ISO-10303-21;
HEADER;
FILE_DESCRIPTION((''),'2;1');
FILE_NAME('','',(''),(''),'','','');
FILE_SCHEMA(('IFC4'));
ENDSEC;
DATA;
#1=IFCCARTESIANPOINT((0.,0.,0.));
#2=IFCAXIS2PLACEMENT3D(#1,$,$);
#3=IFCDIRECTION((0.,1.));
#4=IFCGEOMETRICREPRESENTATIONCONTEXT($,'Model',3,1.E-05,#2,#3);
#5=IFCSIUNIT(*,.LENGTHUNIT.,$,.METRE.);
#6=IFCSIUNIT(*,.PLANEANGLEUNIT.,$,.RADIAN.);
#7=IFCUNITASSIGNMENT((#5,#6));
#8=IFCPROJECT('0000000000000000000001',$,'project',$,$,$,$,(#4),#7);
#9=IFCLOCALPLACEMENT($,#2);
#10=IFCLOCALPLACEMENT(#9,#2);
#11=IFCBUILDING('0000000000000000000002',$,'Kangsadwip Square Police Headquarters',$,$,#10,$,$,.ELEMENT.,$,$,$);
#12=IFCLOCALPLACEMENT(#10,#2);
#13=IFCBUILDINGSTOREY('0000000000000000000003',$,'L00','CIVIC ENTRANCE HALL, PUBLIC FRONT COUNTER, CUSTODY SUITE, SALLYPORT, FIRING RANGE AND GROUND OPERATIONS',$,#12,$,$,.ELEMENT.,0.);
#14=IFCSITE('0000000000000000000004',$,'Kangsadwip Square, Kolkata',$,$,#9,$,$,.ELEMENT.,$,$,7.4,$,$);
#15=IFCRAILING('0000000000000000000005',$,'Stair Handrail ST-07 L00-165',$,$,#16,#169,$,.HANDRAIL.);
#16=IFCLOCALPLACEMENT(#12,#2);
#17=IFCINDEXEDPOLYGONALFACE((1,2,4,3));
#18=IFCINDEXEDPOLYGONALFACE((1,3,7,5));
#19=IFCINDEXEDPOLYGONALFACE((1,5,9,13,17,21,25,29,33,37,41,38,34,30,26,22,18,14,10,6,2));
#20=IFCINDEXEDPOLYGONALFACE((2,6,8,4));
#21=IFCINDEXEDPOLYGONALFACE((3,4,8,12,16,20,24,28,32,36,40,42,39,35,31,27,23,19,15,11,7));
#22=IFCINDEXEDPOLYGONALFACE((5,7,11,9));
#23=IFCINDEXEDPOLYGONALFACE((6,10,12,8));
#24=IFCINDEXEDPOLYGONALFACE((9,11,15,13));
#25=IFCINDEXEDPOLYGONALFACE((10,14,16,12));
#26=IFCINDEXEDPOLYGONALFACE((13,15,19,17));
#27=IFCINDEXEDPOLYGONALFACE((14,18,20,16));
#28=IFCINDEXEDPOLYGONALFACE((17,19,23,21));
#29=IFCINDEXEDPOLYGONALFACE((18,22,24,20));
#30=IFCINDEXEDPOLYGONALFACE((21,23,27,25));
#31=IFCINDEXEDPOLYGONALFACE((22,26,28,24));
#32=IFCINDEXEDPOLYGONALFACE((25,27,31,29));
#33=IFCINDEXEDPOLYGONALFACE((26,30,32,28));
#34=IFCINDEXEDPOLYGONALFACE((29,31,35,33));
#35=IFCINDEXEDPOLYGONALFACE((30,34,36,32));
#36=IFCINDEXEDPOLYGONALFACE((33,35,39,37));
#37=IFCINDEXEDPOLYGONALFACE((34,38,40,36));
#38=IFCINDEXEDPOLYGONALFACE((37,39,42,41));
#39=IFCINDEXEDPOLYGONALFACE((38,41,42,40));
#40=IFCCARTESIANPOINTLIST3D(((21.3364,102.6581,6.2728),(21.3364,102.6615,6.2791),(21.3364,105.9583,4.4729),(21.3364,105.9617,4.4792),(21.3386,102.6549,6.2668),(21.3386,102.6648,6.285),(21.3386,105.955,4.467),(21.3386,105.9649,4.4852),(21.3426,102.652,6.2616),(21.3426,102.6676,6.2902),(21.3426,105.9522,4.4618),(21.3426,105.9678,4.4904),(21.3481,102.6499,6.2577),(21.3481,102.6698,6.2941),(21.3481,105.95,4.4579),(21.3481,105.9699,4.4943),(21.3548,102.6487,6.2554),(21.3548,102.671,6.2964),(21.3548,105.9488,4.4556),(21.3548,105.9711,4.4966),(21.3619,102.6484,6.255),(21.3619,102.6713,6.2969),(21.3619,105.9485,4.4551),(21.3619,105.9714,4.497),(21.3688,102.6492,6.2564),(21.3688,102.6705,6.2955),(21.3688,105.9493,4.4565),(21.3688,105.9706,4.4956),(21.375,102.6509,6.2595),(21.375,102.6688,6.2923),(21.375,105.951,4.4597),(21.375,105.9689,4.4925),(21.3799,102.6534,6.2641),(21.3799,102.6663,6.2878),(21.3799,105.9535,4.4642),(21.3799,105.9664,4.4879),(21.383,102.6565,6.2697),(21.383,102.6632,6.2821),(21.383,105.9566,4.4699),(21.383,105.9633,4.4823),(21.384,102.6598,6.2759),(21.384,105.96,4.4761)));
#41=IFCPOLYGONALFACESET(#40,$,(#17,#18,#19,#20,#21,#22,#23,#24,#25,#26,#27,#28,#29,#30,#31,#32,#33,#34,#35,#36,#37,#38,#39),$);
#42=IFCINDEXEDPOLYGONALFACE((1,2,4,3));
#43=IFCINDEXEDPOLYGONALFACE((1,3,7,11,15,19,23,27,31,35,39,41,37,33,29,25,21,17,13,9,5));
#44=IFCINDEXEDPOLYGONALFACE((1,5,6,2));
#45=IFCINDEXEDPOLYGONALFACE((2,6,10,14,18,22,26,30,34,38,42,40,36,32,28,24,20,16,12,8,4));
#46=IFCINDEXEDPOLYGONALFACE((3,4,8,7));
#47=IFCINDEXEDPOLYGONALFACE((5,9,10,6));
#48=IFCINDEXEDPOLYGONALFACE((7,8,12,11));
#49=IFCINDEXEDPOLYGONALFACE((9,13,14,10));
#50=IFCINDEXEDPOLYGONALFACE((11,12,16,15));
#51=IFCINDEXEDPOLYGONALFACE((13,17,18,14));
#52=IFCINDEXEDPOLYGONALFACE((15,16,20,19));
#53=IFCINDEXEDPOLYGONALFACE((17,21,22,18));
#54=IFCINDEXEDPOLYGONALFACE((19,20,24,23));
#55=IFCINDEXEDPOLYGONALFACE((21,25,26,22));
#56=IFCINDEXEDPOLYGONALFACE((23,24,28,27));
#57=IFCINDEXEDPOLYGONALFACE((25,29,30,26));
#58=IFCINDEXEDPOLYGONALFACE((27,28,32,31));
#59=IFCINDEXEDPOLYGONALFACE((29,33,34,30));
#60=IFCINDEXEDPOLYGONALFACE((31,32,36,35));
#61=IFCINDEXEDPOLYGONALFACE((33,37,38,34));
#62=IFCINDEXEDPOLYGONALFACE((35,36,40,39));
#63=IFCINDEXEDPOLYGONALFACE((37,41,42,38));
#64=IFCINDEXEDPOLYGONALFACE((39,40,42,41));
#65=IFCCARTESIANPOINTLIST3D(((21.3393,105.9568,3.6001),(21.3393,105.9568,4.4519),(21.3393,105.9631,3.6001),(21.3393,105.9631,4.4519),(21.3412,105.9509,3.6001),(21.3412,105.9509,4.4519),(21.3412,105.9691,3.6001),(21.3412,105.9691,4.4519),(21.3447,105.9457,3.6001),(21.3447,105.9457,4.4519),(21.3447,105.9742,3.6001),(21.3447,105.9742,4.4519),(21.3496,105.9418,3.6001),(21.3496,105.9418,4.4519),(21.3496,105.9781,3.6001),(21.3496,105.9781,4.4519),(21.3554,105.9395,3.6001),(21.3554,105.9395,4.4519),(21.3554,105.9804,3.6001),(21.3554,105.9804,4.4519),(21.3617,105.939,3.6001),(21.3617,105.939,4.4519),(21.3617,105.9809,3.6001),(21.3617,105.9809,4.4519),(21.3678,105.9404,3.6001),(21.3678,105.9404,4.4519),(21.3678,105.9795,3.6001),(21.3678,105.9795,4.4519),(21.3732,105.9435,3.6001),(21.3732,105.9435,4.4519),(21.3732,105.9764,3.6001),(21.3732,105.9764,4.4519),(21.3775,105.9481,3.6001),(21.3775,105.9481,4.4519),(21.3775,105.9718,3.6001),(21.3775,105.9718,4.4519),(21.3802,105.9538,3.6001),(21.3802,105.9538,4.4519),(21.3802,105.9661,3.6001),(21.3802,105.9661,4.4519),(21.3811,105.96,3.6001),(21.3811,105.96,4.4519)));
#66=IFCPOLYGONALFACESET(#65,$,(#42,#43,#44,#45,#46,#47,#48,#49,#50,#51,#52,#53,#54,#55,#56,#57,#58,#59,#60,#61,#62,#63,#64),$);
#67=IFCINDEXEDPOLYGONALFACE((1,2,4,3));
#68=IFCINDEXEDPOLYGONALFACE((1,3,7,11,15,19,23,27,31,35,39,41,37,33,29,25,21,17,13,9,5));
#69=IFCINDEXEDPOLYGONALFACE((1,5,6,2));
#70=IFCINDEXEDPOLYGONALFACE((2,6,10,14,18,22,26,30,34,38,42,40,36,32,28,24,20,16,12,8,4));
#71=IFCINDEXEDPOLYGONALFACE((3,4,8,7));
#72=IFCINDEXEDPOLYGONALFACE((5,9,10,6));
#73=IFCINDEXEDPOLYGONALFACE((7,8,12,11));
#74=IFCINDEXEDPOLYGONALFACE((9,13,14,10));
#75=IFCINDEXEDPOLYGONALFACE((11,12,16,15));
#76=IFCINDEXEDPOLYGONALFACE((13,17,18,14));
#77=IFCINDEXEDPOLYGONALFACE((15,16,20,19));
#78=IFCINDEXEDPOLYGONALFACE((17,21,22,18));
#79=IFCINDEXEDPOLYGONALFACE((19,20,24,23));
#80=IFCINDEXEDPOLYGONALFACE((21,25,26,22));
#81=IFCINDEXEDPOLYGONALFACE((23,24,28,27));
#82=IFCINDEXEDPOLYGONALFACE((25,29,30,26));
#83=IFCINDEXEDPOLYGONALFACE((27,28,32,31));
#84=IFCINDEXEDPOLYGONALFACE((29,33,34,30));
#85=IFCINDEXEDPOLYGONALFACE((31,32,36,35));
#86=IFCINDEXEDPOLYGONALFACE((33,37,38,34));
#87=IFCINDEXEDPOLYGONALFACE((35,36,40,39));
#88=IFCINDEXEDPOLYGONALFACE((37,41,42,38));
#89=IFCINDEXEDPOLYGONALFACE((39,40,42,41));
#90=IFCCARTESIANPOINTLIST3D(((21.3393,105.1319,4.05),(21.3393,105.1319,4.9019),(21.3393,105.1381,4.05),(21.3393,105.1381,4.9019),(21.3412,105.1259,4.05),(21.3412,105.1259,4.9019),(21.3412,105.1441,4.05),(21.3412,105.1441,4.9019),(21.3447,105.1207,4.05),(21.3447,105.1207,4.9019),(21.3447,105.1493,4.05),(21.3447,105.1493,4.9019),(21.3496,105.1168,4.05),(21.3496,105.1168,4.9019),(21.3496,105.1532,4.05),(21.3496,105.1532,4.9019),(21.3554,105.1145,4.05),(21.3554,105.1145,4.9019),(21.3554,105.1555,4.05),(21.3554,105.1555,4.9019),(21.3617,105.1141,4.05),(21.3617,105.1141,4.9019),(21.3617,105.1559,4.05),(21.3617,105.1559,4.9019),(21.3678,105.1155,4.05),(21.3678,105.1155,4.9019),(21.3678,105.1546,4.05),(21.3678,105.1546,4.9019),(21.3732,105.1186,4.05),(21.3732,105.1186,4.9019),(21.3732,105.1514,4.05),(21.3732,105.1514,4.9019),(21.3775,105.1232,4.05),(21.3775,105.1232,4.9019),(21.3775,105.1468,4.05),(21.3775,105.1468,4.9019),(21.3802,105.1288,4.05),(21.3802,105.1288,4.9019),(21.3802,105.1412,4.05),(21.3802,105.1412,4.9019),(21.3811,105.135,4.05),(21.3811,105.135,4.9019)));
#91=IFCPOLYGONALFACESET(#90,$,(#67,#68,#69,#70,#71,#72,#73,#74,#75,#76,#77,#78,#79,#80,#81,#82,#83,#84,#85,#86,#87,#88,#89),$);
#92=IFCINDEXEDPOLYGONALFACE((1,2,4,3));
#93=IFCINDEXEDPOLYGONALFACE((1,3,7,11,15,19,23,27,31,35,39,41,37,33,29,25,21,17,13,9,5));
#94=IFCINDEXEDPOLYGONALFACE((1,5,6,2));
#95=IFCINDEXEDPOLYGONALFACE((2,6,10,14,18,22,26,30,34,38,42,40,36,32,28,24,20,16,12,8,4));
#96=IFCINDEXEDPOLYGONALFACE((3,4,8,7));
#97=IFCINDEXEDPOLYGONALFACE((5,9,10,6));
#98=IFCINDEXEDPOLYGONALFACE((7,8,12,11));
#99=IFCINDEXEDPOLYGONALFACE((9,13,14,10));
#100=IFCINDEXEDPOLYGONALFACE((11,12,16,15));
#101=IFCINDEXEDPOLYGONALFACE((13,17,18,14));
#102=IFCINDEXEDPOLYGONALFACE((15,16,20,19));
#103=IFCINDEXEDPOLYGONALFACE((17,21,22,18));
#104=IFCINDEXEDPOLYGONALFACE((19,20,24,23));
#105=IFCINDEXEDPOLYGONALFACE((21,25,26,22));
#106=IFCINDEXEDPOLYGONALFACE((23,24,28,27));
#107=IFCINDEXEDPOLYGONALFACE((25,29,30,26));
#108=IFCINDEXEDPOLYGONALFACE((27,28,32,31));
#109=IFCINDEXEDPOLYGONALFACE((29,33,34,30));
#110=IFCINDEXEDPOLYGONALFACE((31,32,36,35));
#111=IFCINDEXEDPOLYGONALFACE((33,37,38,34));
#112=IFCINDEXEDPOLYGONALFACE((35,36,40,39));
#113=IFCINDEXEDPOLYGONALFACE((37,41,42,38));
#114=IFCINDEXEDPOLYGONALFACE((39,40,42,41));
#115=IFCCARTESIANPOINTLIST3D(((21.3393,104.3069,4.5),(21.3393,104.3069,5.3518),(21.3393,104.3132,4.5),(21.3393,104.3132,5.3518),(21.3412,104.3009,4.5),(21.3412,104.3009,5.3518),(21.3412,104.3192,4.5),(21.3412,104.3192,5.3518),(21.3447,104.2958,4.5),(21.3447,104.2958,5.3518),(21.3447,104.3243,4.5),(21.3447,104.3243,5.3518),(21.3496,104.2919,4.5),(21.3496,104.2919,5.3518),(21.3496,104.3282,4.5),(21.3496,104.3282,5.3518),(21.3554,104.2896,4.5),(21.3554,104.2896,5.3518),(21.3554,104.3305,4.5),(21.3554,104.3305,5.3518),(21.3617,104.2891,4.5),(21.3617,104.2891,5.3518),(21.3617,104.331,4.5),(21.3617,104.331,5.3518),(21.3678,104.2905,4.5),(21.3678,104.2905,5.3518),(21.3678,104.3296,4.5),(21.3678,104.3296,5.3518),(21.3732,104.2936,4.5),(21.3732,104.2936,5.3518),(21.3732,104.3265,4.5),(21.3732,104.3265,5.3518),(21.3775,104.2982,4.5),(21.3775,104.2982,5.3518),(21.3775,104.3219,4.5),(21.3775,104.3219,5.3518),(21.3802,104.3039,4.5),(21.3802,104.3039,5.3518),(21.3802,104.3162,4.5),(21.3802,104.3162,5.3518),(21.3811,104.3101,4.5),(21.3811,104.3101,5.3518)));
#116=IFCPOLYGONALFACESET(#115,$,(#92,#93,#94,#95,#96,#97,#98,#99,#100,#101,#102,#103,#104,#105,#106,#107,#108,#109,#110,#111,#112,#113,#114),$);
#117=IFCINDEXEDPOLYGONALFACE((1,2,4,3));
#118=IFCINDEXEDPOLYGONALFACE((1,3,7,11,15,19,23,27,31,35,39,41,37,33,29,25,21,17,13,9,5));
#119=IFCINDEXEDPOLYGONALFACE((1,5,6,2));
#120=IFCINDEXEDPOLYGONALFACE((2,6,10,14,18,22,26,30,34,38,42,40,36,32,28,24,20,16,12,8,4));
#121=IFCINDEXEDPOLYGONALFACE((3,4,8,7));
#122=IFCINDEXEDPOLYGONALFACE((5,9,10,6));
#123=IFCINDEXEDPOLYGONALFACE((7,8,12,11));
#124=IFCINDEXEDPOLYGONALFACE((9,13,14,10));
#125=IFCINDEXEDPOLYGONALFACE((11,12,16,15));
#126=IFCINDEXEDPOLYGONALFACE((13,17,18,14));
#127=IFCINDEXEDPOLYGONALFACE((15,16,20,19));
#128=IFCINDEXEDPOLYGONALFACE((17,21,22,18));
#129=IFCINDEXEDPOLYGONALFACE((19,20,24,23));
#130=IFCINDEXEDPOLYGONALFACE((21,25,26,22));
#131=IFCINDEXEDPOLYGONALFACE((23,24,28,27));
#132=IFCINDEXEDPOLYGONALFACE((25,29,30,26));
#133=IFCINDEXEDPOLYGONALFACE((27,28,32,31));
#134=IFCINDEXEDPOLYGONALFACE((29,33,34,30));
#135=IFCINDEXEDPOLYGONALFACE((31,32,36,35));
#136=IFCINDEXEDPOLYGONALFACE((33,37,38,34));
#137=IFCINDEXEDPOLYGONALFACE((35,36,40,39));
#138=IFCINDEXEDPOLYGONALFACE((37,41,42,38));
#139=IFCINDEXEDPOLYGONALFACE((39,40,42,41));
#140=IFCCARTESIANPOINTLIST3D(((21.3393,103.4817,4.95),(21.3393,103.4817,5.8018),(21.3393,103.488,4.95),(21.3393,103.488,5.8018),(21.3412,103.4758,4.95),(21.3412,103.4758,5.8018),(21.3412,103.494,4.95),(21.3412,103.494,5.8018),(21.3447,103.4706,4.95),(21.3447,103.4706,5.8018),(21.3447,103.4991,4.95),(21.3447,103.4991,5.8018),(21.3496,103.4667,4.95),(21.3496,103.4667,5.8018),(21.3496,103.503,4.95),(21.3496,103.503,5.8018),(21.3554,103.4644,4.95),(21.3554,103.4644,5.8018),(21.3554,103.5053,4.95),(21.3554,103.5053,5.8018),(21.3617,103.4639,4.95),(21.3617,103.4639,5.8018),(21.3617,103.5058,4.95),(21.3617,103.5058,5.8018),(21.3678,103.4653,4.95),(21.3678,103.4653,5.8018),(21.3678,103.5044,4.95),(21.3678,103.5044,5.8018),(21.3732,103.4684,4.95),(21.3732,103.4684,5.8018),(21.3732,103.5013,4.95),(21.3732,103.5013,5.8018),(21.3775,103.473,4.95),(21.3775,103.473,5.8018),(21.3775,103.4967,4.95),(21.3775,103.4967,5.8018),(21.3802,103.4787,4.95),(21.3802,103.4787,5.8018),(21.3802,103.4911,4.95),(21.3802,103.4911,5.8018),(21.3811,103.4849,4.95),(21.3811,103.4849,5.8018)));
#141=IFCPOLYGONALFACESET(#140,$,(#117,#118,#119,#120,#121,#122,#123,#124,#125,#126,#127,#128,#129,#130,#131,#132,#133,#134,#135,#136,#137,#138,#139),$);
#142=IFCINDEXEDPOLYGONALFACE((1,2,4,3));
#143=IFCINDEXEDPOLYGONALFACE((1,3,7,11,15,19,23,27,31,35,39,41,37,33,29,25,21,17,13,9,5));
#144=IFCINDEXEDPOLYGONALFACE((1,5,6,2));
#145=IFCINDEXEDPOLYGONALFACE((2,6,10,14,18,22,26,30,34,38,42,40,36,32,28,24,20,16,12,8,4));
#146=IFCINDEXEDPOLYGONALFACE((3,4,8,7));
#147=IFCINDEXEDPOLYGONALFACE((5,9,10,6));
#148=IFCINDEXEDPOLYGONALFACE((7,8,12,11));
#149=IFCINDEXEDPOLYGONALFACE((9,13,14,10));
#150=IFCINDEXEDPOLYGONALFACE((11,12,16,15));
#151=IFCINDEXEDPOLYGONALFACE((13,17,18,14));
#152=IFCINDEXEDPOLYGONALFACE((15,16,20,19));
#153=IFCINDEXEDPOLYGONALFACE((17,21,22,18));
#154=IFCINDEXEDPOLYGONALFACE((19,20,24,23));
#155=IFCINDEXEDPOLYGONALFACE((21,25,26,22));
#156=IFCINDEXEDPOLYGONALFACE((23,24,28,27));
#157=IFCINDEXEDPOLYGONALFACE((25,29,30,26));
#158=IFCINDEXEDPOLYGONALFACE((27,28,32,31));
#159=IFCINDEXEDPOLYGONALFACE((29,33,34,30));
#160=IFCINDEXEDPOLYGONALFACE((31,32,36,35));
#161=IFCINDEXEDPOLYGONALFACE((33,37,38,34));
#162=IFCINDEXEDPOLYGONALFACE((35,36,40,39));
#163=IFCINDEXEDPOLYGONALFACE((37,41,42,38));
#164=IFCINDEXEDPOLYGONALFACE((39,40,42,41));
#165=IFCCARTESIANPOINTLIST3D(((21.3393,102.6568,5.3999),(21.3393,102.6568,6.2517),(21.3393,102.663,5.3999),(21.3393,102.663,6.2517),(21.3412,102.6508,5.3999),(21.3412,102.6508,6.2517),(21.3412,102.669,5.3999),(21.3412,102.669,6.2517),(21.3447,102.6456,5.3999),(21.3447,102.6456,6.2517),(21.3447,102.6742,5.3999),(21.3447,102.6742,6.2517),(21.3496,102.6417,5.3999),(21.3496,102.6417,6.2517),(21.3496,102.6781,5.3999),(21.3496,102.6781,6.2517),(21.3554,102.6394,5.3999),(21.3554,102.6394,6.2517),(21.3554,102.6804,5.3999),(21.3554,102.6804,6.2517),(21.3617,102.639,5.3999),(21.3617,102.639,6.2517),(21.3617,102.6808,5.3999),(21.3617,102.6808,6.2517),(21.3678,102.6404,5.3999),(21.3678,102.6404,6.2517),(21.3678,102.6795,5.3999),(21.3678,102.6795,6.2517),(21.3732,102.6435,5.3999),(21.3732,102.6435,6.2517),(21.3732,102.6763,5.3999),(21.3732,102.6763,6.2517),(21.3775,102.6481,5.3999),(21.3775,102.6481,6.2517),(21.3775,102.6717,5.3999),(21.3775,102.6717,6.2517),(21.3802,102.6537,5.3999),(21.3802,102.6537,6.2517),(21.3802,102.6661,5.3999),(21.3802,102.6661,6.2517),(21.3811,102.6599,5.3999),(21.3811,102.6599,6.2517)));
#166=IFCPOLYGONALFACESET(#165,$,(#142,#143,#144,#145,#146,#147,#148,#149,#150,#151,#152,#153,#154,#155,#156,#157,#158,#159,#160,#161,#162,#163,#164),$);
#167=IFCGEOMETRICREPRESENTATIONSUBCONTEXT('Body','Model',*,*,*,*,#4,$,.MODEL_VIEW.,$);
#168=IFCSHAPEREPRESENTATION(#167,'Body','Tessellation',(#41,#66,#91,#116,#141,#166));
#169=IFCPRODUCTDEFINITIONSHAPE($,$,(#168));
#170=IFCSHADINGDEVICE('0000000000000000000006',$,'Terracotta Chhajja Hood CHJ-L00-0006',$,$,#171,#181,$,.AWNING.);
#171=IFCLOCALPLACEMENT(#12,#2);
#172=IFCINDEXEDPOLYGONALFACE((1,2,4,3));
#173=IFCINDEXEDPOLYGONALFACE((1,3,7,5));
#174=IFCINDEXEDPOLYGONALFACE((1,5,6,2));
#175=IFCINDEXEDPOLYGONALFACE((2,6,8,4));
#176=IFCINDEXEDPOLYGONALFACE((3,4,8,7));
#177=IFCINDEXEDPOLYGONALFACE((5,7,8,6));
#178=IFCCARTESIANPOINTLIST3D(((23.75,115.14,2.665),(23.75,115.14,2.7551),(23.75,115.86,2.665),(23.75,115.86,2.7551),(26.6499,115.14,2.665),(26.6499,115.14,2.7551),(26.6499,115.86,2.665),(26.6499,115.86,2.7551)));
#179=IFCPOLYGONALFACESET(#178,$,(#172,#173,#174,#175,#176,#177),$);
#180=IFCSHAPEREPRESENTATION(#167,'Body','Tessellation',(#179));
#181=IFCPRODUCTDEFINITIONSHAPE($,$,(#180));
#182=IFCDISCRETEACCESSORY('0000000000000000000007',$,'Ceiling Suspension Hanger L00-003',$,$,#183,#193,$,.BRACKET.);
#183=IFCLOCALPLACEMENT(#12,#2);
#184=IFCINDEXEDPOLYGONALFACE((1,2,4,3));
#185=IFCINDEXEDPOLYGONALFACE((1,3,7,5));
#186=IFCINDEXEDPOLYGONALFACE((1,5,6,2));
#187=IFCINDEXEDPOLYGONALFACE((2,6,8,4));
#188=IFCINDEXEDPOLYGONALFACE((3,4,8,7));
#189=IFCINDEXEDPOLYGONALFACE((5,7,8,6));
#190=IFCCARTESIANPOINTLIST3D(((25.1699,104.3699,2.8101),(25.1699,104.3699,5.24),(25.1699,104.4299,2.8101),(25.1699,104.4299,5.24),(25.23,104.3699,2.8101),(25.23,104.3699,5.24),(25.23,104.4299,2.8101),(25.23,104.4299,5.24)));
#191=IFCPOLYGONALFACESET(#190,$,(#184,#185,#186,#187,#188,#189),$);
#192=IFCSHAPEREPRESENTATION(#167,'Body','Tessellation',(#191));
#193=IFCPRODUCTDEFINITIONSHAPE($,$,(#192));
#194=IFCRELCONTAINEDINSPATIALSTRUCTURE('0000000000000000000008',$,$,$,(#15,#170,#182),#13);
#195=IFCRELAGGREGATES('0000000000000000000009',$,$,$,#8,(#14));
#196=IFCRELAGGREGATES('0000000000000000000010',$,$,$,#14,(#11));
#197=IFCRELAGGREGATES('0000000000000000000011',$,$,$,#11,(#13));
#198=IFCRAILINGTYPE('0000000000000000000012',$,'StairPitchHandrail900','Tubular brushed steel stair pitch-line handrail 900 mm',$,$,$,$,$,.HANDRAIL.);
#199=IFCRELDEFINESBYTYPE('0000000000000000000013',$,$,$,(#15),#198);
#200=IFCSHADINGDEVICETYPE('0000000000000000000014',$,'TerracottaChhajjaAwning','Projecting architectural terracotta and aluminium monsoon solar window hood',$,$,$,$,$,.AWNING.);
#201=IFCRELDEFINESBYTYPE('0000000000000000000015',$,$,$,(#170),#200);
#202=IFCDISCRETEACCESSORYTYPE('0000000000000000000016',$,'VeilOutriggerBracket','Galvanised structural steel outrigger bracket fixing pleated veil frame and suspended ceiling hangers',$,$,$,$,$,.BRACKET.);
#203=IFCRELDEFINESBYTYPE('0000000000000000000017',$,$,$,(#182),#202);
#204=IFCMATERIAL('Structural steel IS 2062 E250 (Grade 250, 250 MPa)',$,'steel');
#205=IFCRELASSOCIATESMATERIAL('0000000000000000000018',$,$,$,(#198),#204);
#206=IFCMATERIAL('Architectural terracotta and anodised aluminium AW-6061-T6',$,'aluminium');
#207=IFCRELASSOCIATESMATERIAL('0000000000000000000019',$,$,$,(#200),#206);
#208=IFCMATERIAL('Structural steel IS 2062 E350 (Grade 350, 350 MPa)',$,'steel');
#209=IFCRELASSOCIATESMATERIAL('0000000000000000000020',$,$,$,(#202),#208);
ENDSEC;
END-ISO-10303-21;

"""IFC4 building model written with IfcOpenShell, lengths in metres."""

from ifc_helpers import new_model, si_unit, direction, frame, origin, origin_2d, place, context, subcontext, project, spatial, rectangle, circle, extrude, material, type_object, element, save


model = new_model("IFC4")

# Units and contexts
model_context = context("Model", 3, precision=1e-05, world=origin(), true_north=direction((0.0, 1.0)))
body_context = subcontext(model_context, "Body", "Model", "MODEL_VIEW")
ifc_project = project(units=[si_unit("LENGTHUNIT", "METRE"), si_unit("PLANEANGLEUNIT", "RADIAN")], contexts=[model_context])

# Site, building, storey
site_placement = place(None, origin())
site = spatial("IfcSite", under=ifc_project, at=site_placement, Name="Kangsadwip Square, Kolkata", CompositionType="ELEMENT", RefElevation=7.4)
building_placement = place(site_placement, origin())
building = spatial("IfcBuilding", under=site, at=building_placement, Name="Kangsadwip Square Police Headquarters", CompositionType="ELEMENT")
storey_placement = place(building_placement, origin())
storey = spatial("IfcBuildingStorey", under=building, at=storey_placement, Name="L00", Description="CIVIC ENTRANCE HALL, PUBLIC FRONT COUNTER, CUSTODY SUITE, SALLYPORT, FIRING RANGE AND GROUND OPERATIONS", CompositionType="ELEMENT", Elevation=0.0)

# Railing
ifc_material_1 = material(Name="Structural steel IS 2062 E250 (Grade 250, 250 MPa)", Category="steel")
railing_type = type_object("IfcRailingType", Name="StairPitchHandrail900", Description="Tubular brushed steel stair pitch-line handrail 900 mm", PredefinedType="HANDRAIL", material=ifc_material_1)
railing_1_placement = place(storey_placement, frame((21.3601, 105.96, 3.6001)))
element("IfcRailing", 1, at=railing_1_placement, inside=storey, type_object=railing_type, Name="Stair Handrail ST-07 L00-165", PredefinedType="HANDRAIL", context=body_context, shape_type="SweptSolid", body=[
    extrude(circle(Radius=0.0239, at=origin_2d()), frame((0.0, 0.0, 0.876), z_axis=(0.0, -0.87792, 0.478807), x_axis=(1.0, 0.0, 0.0)), (0.0, 0.0, 1.0), 3.759),
    extrude(circle(Radius=0.021, at=origin_2d()), origin(), (0.0, 0.0, 1.0), 0.8518),
    extrude(circle(Radius=0.021, at=origin_2d()), frame((0.0, -0.825, 0.45)), (0.0, 0.0, 1.0), 0.8518),
    extrude(circle(Radius=0.021, at=origin_2d()), frame((0.0, -1.6499, 0.8999)), (0.0, 0.0, 1.0), 0.8518),
    extrude(circle(Radius=0.021, at=origin_2d()), frame((0.0, -2.4751, 1.3499)), (0.0, 0.0, 1.0), 0.8518),
    extrude(circle(Radius=0.021, at=origin_2d()), frame((0.0, -3.3, 1.7998)), (0.0, 0.0, 1.0), 0.8518),
])

# Shading device
ifc_material_2 = material(Name="Architectural terracotta and anodised aluminium AW-6061-T6", Category="aluminium")
shading_device_type = type_object("IfcShadingDeviceType", Name="TerracottaChhajjaAwning", Description="Projecting architectural terracotta and aluminium monsoon solar window hood", PredefinedType="AWNING", material=ifc_material_2)
shading_device_placement = place(storey_placement, frame((25.2, 115.5, 2.665), z_axis=(0.0, 0.0, 1.0), x_axis=(1.0, 0.0, 0.0)))
element("IfcShadingDevice", 2, at=shading_device_placement, inside=storey, type_object=shading_device_type, Name="Terracotta Chhajja Hood CHJ-L00-0006", PredefinedType="AWNING", context=body_context, shape_type="SweptSolid", body=[
    extrude(rectangle(XDim=2.8999, YDim=0.72, at=origin_2d()), origin(), (0.0, 0.0, 1.0), 0.0901),
])

# Discrete accessory
ifc_material_3 = material(Name="Structural steel IS 2062 E350 (Grade 350, 350 MPa)", Category="steel")
discrete_accessory_type = type_object("IfcDiscreteAccessoryType", Name="VeilOutriggerBracket", Description="Galvanised structural steel outrigger bracket fixing pleated veil frame and suspended ceiling hangers", PredefinedType="BRACKET", material=ifc_material_3)
discrete_accessory_placement = place(storey_placement, frame((25.2, 104.3999, 2.8101), z_axis=(0.0, 0.0, 1.0), x_axis=(1.0, 0.0, 0.0)))
element("IfcDiscreteAccessory", 3, at=discrete_accessory_placement, inside=storey, type_object=discrete_accessory_type, Name="Ceiling Suspension Hanger L00-003", PredefinedType="BRACKET", context=body_context, shape_type="SweptSolid", body=[
    extrude(rectangle(XDim=0.0601, YDim=0.0601, at=origin_2d()), origin(), (0.0, 0.0, 1.0), 2.4299),
])

save(model, "model.ifc")
